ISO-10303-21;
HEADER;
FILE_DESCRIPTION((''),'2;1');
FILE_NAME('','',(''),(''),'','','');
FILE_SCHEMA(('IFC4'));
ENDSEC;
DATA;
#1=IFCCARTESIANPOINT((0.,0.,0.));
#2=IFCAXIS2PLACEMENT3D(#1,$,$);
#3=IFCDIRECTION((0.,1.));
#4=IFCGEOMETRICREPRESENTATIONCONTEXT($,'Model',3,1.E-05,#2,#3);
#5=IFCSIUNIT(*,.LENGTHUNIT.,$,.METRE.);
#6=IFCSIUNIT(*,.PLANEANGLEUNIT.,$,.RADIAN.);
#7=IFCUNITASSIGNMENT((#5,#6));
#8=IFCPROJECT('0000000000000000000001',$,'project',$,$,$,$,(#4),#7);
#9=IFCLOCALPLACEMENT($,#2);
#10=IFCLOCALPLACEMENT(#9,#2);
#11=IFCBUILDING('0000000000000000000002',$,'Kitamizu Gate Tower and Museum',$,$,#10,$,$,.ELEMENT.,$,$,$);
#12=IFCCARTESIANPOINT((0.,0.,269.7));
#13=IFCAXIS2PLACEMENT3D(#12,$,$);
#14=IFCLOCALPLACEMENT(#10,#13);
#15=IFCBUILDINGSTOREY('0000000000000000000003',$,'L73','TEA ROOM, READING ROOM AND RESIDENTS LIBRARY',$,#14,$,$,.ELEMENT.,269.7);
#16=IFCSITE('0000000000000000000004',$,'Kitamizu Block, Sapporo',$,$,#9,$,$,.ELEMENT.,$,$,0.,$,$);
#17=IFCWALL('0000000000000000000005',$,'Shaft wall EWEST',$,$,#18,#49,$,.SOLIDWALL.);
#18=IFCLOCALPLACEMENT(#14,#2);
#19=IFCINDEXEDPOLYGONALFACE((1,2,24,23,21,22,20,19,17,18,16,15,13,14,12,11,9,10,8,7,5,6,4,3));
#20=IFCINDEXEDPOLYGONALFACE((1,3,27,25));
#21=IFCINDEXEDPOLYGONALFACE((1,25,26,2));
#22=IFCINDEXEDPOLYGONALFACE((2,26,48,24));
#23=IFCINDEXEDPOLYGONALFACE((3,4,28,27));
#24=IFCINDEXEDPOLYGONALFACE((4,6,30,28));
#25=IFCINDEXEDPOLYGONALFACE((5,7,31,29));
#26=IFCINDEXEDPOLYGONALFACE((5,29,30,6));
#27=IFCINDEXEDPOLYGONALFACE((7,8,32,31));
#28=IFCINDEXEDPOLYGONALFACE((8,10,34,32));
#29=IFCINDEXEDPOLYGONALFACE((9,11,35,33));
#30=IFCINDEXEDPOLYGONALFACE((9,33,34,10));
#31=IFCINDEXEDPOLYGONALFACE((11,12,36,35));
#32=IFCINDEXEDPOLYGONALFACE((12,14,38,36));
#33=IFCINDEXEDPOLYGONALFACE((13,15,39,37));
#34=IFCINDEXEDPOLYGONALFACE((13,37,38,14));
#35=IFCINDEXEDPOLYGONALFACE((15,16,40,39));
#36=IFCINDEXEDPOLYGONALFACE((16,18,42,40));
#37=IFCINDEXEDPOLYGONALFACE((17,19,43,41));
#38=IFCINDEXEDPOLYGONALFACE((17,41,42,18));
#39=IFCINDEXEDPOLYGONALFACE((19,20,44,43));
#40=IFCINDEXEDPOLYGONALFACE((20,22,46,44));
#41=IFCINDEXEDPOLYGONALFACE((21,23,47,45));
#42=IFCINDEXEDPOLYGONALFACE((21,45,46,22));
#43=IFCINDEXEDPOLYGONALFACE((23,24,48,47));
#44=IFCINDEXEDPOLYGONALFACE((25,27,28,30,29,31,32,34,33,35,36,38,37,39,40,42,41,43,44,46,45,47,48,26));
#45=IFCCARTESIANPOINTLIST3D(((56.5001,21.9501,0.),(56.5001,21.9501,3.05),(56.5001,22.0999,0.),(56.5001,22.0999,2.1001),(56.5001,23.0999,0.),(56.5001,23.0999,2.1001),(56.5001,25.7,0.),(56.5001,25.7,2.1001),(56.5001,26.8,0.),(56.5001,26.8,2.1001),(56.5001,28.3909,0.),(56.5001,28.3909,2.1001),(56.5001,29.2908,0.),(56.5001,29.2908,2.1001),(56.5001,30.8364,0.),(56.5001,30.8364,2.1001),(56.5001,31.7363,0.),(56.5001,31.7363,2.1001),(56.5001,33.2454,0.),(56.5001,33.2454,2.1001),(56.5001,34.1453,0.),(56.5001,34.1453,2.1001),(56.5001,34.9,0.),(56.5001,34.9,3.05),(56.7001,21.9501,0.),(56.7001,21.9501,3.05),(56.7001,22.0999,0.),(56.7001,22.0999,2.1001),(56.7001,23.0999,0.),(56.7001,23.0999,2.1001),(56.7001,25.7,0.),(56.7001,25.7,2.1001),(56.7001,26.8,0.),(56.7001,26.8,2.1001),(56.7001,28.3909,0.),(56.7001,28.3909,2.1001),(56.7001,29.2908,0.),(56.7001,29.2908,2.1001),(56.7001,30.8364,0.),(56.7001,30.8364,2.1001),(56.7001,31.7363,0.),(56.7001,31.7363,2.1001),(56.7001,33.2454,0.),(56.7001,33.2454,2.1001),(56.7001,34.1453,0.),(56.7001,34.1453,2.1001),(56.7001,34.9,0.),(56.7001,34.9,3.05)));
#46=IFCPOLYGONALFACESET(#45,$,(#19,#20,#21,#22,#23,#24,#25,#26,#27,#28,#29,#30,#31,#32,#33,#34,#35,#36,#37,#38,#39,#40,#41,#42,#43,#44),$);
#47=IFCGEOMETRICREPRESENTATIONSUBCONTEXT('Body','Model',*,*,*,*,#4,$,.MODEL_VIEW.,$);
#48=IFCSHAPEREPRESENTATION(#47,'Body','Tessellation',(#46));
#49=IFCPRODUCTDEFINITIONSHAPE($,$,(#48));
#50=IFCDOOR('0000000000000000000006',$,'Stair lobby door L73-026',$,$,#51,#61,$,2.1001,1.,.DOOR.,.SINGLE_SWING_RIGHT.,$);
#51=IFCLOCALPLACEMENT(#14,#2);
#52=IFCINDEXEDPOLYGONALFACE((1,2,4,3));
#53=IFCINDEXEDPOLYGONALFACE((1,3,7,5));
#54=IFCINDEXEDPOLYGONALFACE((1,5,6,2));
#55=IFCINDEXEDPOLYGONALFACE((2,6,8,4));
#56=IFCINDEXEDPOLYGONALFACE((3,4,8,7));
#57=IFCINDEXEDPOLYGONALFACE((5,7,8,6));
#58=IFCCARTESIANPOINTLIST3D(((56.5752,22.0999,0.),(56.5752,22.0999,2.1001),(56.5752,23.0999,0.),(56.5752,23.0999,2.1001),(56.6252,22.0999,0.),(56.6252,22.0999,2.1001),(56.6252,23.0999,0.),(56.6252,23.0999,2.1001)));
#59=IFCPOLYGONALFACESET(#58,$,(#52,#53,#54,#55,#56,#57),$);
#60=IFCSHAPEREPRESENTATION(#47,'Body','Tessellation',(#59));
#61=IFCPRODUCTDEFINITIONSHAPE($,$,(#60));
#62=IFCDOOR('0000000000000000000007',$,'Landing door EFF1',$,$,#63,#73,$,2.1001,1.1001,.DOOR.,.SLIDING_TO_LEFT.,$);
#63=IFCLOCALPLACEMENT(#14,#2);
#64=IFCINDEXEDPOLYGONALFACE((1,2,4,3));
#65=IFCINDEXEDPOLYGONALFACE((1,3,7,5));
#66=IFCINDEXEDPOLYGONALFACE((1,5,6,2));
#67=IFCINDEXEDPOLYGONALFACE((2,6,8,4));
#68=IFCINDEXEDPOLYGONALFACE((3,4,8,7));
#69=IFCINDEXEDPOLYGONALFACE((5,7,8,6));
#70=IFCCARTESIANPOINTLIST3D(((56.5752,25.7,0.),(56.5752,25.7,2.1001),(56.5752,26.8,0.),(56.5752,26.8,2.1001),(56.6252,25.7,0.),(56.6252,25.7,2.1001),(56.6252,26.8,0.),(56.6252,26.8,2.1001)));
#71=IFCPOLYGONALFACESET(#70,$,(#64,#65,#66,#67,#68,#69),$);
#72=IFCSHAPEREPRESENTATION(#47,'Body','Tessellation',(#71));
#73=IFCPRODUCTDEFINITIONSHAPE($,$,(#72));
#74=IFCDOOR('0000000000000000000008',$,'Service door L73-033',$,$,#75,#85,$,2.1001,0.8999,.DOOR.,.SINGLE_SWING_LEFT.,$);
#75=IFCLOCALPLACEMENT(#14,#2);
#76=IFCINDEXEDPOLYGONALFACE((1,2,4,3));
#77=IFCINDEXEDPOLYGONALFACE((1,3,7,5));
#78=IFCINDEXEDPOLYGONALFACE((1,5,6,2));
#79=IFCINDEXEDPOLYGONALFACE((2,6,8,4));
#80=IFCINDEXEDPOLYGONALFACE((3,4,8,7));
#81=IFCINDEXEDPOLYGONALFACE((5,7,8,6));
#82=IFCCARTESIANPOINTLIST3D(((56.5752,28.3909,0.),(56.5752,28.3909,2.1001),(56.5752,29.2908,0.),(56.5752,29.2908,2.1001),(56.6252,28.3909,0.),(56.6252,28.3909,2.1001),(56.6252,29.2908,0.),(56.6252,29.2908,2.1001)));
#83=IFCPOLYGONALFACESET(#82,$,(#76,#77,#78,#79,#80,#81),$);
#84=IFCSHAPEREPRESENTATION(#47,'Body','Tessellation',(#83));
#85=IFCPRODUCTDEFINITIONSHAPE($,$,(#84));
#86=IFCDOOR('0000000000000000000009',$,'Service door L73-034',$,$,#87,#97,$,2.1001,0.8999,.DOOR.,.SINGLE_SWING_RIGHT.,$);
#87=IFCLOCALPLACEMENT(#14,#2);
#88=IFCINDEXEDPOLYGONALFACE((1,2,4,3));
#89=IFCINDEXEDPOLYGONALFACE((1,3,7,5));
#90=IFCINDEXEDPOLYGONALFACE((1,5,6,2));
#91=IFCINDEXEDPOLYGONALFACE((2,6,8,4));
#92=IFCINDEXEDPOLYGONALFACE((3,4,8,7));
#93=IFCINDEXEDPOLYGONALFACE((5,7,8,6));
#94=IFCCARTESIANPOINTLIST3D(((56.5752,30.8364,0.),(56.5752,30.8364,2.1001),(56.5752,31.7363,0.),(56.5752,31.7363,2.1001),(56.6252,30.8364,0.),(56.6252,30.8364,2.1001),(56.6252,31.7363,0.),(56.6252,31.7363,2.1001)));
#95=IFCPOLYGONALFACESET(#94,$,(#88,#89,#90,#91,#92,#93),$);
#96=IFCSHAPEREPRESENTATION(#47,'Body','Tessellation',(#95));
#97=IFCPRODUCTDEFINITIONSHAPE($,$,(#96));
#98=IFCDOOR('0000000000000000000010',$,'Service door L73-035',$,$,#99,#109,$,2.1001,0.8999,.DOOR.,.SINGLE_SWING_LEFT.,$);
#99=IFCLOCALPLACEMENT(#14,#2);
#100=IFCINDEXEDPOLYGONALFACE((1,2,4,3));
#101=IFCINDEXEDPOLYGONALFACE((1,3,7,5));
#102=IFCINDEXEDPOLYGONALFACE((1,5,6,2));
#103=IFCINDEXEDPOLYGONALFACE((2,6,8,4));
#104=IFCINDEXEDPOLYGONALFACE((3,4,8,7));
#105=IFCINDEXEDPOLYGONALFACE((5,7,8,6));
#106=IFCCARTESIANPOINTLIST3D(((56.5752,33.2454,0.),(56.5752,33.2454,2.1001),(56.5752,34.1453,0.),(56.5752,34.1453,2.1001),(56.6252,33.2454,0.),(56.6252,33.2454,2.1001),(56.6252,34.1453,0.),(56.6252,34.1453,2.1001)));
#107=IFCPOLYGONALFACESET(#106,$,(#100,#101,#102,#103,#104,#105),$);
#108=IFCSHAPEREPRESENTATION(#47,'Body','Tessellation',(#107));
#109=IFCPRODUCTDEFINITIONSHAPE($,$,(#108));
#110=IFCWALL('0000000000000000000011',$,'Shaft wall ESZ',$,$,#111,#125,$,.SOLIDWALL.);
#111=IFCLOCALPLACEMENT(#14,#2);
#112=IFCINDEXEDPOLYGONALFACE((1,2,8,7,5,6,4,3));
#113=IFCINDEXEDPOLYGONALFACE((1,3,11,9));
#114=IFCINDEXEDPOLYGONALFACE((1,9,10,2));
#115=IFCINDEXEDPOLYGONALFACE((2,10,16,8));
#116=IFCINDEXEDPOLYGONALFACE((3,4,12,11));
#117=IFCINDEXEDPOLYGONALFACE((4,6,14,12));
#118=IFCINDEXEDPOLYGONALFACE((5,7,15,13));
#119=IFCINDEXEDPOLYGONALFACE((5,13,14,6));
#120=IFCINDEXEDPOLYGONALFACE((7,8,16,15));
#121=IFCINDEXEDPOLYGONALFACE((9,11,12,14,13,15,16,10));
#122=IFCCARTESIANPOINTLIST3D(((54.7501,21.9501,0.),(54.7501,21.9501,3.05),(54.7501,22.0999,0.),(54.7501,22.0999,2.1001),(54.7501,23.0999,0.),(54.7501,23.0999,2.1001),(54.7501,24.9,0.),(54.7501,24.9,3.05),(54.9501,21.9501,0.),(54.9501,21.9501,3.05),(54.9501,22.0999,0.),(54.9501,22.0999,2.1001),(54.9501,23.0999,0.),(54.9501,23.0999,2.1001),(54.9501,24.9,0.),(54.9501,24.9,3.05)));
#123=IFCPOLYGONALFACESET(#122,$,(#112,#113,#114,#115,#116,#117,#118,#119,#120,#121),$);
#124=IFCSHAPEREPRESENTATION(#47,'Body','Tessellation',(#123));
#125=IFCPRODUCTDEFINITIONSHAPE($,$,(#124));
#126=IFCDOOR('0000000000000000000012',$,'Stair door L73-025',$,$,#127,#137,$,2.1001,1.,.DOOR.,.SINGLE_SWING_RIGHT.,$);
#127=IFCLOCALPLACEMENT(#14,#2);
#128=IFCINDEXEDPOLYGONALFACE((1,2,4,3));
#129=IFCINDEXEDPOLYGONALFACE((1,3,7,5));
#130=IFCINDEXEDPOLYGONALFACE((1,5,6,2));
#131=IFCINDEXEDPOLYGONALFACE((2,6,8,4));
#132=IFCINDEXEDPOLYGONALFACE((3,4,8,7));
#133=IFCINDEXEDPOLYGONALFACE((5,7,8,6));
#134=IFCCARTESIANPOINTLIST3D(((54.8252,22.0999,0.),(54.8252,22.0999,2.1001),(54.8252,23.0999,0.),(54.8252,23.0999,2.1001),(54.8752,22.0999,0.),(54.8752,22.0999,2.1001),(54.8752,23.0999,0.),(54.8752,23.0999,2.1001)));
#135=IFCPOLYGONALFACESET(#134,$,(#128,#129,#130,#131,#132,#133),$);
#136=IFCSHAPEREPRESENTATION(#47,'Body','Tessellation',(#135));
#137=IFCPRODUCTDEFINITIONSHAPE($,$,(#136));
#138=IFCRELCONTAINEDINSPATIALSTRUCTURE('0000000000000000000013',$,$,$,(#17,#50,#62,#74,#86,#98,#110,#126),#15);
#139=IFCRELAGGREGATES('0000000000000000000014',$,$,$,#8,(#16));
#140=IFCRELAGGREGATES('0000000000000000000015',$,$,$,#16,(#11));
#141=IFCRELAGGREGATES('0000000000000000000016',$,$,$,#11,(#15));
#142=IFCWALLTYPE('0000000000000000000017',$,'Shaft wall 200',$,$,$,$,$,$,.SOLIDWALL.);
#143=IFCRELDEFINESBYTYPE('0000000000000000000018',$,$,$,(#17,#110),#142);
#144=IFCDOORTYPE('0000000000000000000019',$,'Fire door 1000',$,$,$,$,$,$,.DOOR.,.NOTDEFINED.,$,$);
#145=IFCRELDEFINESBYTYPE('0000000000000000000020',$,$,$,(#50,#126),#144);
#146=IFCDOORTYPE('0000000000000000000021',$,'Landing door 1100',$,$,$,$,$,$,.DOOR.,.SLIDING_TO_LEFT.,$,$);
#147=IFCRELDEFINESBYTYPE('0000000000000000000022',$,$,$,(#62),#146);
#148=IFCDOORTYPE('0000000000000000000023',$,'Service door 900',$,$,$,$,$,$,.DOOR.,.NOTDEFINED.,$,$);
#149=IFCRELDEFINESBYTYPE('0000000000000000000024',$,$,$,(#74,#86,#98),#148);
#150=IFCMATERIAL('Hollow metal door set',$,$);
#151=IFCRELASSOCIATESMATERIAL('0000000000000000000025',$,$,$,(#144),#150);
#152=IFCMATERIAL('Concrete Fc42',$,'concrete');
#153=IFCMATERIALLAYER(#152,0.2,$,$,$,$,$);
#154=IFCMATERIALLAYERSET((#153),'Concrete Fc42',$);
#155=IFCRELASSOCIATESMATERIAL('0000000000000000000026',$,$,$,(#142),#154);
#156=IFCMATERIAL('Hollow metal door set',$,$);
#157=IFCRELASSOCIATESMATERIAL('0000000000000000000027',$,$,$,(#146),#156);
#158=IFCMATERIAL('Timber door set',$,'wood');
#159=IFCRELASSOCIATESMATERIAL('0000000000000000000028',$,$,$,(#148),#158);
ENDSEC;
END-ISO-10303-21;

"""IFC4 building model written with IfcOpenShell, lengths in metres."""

from ifc_helpers import new_model, si_unit, direction, frame, frame_2d, origin, place, context, subcontext, project, spatial, rectangle, extrude, material, layer, layer_set, type_object, element, fill, save


model = new_model("IFC4")

# Units and contexts
model_context = context("Model", 3, precision=1e-05, world=origin(), true_north=direction((0.0, 1.0)))
body_context = subcontext(model_context, "Body", "Model", "MODEL_VIEW")
ifc_project = project(units=[si_unit("LENGTHUNIT", "METRE"), si_unit("PLANEANGLEUNIT", "RADIAN")], contexts=[model_context])

# Site, building, storey
site_placement = place(None, origin())
site = spatial("IfcSite", under=ifc_project, at=site_placement, Name="Kitamizu Block, Sapporo", CompositionType="ELEMENT", RefElevation=0.0)
building_placement = place(site_placement, origin())
building = spatial("IfcBuilding", under=site, at=building_placement, Name="Kitamizu Gate Tower and Museum", CompositionType="ELEMENT")
storey_placement = place(building_placement, frame((0.0, 0.0, 269.7)))
storey = spatial("IfcBuildingStorey", under=building, at=storey_placement, Name="L73", Description="TEA ROOM, READING ROOM AND RESIDENTS LIBRARY", CompositionType="ELEMENT", Elevation=269.7)

# Shared definitions
ifc_material_1 = material(Name="Hollow metal door set")
door_type_1 = type_object("IfcDoorType", Name="Fire door 1000", OperationType="NOTDEFINED", PredefinedType="DOOR", material=ifc_material_1)

# Wall, openings, doors
ifc_material_2 = material(Name="Concrete Fc42", Category="concrete")
ifc_layer_1 = layer(ifc_material_2, 0.2)
ifc_layer_set_1 = layer_set([ifc_layer_1], Name="Concrete Fc42")
wall_type_1 = type_object("IfcWallType", Name="Shaft wall 200", PredefinedType="SOLIDWALL", material=ifc_layer_set_1)
wall_1_placement = place(storey_placement, frame((56.6001, 21.95, 0.0), z_axis=(0.0, 0.0, 1.0), x_axis=(0.0, 1.0, 0.0)))
wall_1 = element("IfcWall", 1, at=wall_1_placement, inside=storey, type_object=wall_type_1, Name="Shaft wall EWEST", PredefinedType="SOLIDWALL", context=body_context, shape_type="SweptSolid", body=[
    extrude(rectangle(XDim=12.95, YDim=0.2, at=frame_2d((6.4751, 0.0))), origin(), (0.0, 0.0, 1.0), 3.05),
])
opening_1_placement = place(wall_1_placement, frame((3.75, 0.0, 0.0)))
opening_1 = element("IfcOpeningElement", 2, at=opening_1_placement, cuts=wall_1, PredefinedType="OPENING", context=body_context, shape_type="SweptSolid", body=[
    extrude(rectangle(XDim=1.1001, YDim=2.1001, at=frame_2d((0.55, 1.05))), frame((0.0, 0.1099, 0.0), z_axis=(0.0, -1.0, 0.0), x_axis=(1.0, 0.0, 0.0)), (0.0, 0.0, 1.0), 0.22),
])
opening_2_placement = place(wall_1_placement, frame((0.1499, 0.0, 0.0)))
opening_2 = element("IfcOpeningElement", 3, at=opening_2_placement, cuts=wall_1, PredefinedType="OPENING", context=body_context, shape_type="SweptSolid", body=[
    extrude(rectangle(XDim=1.0, YDim=2.1001, at=frame_2d((0.5, 1.05))), frame((0.0, 0.1099, 0.0), z_axis=(0.0, -1.0, 0.0), x_axis=(1.0, 0.0, 0.0)), (0.0, 0.0, 1.0), 0.22),
])
opening_3_placement = place(wall_1_placement, frame((6.4409, 0.0, 0.0)))
opening_3 = element("IfcOpeningElement", 4, at=opening_3_placement, cuts=wall_1, PredefinedType="OPENING", context=body_context, shape_type="SweptSolid", body=[
    extrude(rectangle(XDim=0.8999, YDim=2.1001, at=frame_2d((0.45, 1.05))), frame((0.0, 0.1099, 0.0), z_axis=(0.0, -1.0, 0.0), x_axis=(1.0, 0.0, 0.0)), (0.0, 0.0, 1.0), 0.22),
])
opening_4_placement = place(wall_1_placement, frame((8.8865, 0.0, 0.0)))
opening_4 = element("IfcOpeningElement", 5, at=opening_4_placement, cuts=wall_1, PredefinedType="OPENING", context=body_context, shape_type="SweptSolid", body=[
    extrude(rectangle(XDim=0.8999, YDim=2.1001, at=frame_2d((0.45, 1.05))), frame((0.0, 0.1099, 0.0), z_axis=(0.0, -1.0, 0.0), x_axis=(1.0, 0.0, 0.0)), (0.0, 0.0, 1.0), 0.22),
])
opening_5_placement = place(wall_1_placement, frame((11.2954, 0.0, 0.0)))
opening_5 = element("IfcOpeningElement", 6, at=opening_5_placement, cuts=wall_1, PredefinedType="OPENING", context=body_context, shape_type="SweptSolid", body=[
    extrude(rectangle(XDim=0.8999, YDim=2.1001, at=frame_2d((0.45, 1.05))), frame((0.0, 0.1099, 0.0), z_axis=(0.0, -1.0, 0.0), x_axis=(1.0, 0.0, 0.0)), (0.0, 0.0, 1.0), 0.22),
])
door_1_placement = place(opening_2_placement, origin())
door_1 = element("IfcDoor", 7, at=door_1_placement, inside=storey, type_object=door_type_1, Name="Stair lobby door L73-026", OperationType="SINGLE_SWING_RIGHT", OverallHeight=2.1001, OverallWidth=1.0, PredefinedType="DOOR", context=body_context, shape_type="SweptSolid", body=[
    extrude(rectangle(XDim=1.0, YDim=2.1001, at=frame_2d((0.5, 1.05))), frame((0.0, 0.0249, 0.0), z_axis=(0.0, -1.0, 0.0), x_axis=(1.0, 0.0, 0.0)), (0.0, 0.0, 1.0), 0.05),
])
fill(opening_2, door_1)
ifc_material_3 = material(Name="Hollow metal door set")
door_type_2 = type_object("IfcDoorType", Name="Landing door 1100", OperationType="SLIDING_TO_LEFT", PredefinedType="DOOR", material=ifc_material_3)
door_2_placement = place(opening_1_placement, origin())
door_2 = element("IfcDoor", 8, at=door_2_placement, inside=storey, type_object=door_type_2, Name="Landing door EFF1", OperationType="SLIDING_TO_LEFT", OverallHeight=2.1001, OverallWidth=1.1001, PredefinedType="DOOR", context=body_context, shape_type="SweptSolid", body=[
    extrude(rectangle(XDim=1.1001, YDim=2.1001, at=frame_2d((0.55, 1.05))), frame((0.0, 0.0249, 0.0), z_axis=(0.0, -1.0, 0.0), x_axis=(1.0, 0.0, 0.0)), (0.0, 0.0, 1.0), 0.05),
])
fill(opening_1, door_2)
ifc_material_4 = material(Name="Timber door set", Category="wood")
door_type_3 = type_object("IfcDoorType", Name="Service door 900", OperationType="NOTDEFINED", PredefinedType="DOOR", material=ifc_material_4)
door_3_placement = place(opening_3_placement, origin())
door_3 = element("IfcDoor", 9, at=door_3_placement, inside=storey, type_object=door_type_3, Name="Service door L73-033", OperationType="SINGLE_SWING_LEFT", OverallHeight=2.1001, OverallWidth=0.8999, PredefinedType="DOOR", context=body_context, shape_type="SweptSolid", body=[
    extrude(rectangle(XDim=0.8999, YDim=2.1001, at=frame_2d((0.45, 1.05))), frame((0.0, 0.0249, 0.0), z_axis=(0.0, -1.0, 0.0), x_axis=(1.0, 0.0, 0.0)), (0.0, 0.0, 1.0), 0.05),
])
fill(opening_3, door_3)
door_4_placement = place(opening_4_placement, origin())
door_4 = element("IfcDoor", 10, at=door_4_placement, inside=storey, type_object=door_type_3, Name="Service door L73-034", OperationType="SINGLE_SWING_RIGHT", OverallHeight=2.1001, OverallWidth=0.8999, PredefinedType="DOOR", context=body_context, shape_type="SweptSolid", body=[
    extrude(rectangle(XDim=0.8999, YDim=2.1001, at=frame_2d((0.45, 1.05))), frame((0.0, 0.0249, 0.0), z_axis=(0.0, -1.0, 0.0), x_axis=(1.0, 0.0, 0.0)), (0.0, 0.0, 1.0), 0.05),
])
fill(opening_4, door_4)
door_5_placement = place(opening_5_placement, origin())
door_5 = element("IfcDoor", 11, at=door_5_placement, inside=storey, type_object=door_type_3, Name="Service door L73-035", OperationType="SINGLE_SWING_LEFT", OverallHeight=2.1001, OverallWidth=0.8999, PredefinedType="DOOR", context=body_context, shape_type="SweptSolid", body=[
    extrude(rectangle(XDim=0.8999, YDim=2.1001, at=frame_2d((0.45, 1.05))), frame((0.0, 0.0249, 0.0), z_axis=(0.0, -1.0, 0.0), x_axis=(1.0, 0.0, 0.0)), (0.0, 0.0, 1.0), 0.05),
])
fill(opening_5, door_5)

# Wall, opening, door
wall_2_placement = place(storey_placement, frame((54.8501, 21.95, 0.0), z_axis=(0.0, 0.0, 1.0), x_axis=(0.0, 1.0, 0.0)))
wall_2 = element("IfcWall", 12, at=wall_2_placement, inside=storey, type_object=wall_type_1, Name="Shaft wall ESZ", PredefinedType="SOLIDWALL", context=body_context, shape_type="SweptSolid", body=[
    extrude(rectangle(XDim=2.95, YDim=0.2, at=frame_2d((1.4751, 0.0))), origin(), (0.0, 0.0, 1.0), 3.05),
])
opening_6_placement = place(wall_2_placement, frame((0.1499, 0.0, 0.0)))
opening_6 = element("IfcOpeningElement", 13, at=opening_6_placement, cuts=wall_2, PredefinedType="OPENING", context=body_context, shape_type="SweptSolid", body=[
    extrude(rectangle(XDim=1.0, YDim=2.1001, at=frame_2d((0.5, 1.05))), frame((0.0, 0.1099, 0.0), z_axis=(0.0, -1.0, 0.0), x_axis=(1.0, 0.0, 0.0)), (0.0, 0.0, 1.0), 0.22),
])
door_6_placement = place(opening_6_placement, origin())
door_6 = element("IfcDoor", 14, at=door_6_placement, inside=storey, type_object=door_type_1, Name="Stair door L73-025", OperationType="SINGLE_SWING_RIGHT", OverallHeight=2.1001, OverallWidth=1.0, PredefinedType="DOOR", context=body_context, shape_type="SweptSolid", body=[
    extrude(rectangle(XDim=1.0, YDim=2.1001, at=frame_2d((0.5, 1.05))), frame((0.0, 0.0249, 0.0), z_axis=(0.0, -1.0, 0.0), x_axis=(1.0, 0.0, 0.0)), (0.0, 0.0, 1.0), 0.05),
])
fill(opening_6, door_6)

save(model, "model.ifc")
